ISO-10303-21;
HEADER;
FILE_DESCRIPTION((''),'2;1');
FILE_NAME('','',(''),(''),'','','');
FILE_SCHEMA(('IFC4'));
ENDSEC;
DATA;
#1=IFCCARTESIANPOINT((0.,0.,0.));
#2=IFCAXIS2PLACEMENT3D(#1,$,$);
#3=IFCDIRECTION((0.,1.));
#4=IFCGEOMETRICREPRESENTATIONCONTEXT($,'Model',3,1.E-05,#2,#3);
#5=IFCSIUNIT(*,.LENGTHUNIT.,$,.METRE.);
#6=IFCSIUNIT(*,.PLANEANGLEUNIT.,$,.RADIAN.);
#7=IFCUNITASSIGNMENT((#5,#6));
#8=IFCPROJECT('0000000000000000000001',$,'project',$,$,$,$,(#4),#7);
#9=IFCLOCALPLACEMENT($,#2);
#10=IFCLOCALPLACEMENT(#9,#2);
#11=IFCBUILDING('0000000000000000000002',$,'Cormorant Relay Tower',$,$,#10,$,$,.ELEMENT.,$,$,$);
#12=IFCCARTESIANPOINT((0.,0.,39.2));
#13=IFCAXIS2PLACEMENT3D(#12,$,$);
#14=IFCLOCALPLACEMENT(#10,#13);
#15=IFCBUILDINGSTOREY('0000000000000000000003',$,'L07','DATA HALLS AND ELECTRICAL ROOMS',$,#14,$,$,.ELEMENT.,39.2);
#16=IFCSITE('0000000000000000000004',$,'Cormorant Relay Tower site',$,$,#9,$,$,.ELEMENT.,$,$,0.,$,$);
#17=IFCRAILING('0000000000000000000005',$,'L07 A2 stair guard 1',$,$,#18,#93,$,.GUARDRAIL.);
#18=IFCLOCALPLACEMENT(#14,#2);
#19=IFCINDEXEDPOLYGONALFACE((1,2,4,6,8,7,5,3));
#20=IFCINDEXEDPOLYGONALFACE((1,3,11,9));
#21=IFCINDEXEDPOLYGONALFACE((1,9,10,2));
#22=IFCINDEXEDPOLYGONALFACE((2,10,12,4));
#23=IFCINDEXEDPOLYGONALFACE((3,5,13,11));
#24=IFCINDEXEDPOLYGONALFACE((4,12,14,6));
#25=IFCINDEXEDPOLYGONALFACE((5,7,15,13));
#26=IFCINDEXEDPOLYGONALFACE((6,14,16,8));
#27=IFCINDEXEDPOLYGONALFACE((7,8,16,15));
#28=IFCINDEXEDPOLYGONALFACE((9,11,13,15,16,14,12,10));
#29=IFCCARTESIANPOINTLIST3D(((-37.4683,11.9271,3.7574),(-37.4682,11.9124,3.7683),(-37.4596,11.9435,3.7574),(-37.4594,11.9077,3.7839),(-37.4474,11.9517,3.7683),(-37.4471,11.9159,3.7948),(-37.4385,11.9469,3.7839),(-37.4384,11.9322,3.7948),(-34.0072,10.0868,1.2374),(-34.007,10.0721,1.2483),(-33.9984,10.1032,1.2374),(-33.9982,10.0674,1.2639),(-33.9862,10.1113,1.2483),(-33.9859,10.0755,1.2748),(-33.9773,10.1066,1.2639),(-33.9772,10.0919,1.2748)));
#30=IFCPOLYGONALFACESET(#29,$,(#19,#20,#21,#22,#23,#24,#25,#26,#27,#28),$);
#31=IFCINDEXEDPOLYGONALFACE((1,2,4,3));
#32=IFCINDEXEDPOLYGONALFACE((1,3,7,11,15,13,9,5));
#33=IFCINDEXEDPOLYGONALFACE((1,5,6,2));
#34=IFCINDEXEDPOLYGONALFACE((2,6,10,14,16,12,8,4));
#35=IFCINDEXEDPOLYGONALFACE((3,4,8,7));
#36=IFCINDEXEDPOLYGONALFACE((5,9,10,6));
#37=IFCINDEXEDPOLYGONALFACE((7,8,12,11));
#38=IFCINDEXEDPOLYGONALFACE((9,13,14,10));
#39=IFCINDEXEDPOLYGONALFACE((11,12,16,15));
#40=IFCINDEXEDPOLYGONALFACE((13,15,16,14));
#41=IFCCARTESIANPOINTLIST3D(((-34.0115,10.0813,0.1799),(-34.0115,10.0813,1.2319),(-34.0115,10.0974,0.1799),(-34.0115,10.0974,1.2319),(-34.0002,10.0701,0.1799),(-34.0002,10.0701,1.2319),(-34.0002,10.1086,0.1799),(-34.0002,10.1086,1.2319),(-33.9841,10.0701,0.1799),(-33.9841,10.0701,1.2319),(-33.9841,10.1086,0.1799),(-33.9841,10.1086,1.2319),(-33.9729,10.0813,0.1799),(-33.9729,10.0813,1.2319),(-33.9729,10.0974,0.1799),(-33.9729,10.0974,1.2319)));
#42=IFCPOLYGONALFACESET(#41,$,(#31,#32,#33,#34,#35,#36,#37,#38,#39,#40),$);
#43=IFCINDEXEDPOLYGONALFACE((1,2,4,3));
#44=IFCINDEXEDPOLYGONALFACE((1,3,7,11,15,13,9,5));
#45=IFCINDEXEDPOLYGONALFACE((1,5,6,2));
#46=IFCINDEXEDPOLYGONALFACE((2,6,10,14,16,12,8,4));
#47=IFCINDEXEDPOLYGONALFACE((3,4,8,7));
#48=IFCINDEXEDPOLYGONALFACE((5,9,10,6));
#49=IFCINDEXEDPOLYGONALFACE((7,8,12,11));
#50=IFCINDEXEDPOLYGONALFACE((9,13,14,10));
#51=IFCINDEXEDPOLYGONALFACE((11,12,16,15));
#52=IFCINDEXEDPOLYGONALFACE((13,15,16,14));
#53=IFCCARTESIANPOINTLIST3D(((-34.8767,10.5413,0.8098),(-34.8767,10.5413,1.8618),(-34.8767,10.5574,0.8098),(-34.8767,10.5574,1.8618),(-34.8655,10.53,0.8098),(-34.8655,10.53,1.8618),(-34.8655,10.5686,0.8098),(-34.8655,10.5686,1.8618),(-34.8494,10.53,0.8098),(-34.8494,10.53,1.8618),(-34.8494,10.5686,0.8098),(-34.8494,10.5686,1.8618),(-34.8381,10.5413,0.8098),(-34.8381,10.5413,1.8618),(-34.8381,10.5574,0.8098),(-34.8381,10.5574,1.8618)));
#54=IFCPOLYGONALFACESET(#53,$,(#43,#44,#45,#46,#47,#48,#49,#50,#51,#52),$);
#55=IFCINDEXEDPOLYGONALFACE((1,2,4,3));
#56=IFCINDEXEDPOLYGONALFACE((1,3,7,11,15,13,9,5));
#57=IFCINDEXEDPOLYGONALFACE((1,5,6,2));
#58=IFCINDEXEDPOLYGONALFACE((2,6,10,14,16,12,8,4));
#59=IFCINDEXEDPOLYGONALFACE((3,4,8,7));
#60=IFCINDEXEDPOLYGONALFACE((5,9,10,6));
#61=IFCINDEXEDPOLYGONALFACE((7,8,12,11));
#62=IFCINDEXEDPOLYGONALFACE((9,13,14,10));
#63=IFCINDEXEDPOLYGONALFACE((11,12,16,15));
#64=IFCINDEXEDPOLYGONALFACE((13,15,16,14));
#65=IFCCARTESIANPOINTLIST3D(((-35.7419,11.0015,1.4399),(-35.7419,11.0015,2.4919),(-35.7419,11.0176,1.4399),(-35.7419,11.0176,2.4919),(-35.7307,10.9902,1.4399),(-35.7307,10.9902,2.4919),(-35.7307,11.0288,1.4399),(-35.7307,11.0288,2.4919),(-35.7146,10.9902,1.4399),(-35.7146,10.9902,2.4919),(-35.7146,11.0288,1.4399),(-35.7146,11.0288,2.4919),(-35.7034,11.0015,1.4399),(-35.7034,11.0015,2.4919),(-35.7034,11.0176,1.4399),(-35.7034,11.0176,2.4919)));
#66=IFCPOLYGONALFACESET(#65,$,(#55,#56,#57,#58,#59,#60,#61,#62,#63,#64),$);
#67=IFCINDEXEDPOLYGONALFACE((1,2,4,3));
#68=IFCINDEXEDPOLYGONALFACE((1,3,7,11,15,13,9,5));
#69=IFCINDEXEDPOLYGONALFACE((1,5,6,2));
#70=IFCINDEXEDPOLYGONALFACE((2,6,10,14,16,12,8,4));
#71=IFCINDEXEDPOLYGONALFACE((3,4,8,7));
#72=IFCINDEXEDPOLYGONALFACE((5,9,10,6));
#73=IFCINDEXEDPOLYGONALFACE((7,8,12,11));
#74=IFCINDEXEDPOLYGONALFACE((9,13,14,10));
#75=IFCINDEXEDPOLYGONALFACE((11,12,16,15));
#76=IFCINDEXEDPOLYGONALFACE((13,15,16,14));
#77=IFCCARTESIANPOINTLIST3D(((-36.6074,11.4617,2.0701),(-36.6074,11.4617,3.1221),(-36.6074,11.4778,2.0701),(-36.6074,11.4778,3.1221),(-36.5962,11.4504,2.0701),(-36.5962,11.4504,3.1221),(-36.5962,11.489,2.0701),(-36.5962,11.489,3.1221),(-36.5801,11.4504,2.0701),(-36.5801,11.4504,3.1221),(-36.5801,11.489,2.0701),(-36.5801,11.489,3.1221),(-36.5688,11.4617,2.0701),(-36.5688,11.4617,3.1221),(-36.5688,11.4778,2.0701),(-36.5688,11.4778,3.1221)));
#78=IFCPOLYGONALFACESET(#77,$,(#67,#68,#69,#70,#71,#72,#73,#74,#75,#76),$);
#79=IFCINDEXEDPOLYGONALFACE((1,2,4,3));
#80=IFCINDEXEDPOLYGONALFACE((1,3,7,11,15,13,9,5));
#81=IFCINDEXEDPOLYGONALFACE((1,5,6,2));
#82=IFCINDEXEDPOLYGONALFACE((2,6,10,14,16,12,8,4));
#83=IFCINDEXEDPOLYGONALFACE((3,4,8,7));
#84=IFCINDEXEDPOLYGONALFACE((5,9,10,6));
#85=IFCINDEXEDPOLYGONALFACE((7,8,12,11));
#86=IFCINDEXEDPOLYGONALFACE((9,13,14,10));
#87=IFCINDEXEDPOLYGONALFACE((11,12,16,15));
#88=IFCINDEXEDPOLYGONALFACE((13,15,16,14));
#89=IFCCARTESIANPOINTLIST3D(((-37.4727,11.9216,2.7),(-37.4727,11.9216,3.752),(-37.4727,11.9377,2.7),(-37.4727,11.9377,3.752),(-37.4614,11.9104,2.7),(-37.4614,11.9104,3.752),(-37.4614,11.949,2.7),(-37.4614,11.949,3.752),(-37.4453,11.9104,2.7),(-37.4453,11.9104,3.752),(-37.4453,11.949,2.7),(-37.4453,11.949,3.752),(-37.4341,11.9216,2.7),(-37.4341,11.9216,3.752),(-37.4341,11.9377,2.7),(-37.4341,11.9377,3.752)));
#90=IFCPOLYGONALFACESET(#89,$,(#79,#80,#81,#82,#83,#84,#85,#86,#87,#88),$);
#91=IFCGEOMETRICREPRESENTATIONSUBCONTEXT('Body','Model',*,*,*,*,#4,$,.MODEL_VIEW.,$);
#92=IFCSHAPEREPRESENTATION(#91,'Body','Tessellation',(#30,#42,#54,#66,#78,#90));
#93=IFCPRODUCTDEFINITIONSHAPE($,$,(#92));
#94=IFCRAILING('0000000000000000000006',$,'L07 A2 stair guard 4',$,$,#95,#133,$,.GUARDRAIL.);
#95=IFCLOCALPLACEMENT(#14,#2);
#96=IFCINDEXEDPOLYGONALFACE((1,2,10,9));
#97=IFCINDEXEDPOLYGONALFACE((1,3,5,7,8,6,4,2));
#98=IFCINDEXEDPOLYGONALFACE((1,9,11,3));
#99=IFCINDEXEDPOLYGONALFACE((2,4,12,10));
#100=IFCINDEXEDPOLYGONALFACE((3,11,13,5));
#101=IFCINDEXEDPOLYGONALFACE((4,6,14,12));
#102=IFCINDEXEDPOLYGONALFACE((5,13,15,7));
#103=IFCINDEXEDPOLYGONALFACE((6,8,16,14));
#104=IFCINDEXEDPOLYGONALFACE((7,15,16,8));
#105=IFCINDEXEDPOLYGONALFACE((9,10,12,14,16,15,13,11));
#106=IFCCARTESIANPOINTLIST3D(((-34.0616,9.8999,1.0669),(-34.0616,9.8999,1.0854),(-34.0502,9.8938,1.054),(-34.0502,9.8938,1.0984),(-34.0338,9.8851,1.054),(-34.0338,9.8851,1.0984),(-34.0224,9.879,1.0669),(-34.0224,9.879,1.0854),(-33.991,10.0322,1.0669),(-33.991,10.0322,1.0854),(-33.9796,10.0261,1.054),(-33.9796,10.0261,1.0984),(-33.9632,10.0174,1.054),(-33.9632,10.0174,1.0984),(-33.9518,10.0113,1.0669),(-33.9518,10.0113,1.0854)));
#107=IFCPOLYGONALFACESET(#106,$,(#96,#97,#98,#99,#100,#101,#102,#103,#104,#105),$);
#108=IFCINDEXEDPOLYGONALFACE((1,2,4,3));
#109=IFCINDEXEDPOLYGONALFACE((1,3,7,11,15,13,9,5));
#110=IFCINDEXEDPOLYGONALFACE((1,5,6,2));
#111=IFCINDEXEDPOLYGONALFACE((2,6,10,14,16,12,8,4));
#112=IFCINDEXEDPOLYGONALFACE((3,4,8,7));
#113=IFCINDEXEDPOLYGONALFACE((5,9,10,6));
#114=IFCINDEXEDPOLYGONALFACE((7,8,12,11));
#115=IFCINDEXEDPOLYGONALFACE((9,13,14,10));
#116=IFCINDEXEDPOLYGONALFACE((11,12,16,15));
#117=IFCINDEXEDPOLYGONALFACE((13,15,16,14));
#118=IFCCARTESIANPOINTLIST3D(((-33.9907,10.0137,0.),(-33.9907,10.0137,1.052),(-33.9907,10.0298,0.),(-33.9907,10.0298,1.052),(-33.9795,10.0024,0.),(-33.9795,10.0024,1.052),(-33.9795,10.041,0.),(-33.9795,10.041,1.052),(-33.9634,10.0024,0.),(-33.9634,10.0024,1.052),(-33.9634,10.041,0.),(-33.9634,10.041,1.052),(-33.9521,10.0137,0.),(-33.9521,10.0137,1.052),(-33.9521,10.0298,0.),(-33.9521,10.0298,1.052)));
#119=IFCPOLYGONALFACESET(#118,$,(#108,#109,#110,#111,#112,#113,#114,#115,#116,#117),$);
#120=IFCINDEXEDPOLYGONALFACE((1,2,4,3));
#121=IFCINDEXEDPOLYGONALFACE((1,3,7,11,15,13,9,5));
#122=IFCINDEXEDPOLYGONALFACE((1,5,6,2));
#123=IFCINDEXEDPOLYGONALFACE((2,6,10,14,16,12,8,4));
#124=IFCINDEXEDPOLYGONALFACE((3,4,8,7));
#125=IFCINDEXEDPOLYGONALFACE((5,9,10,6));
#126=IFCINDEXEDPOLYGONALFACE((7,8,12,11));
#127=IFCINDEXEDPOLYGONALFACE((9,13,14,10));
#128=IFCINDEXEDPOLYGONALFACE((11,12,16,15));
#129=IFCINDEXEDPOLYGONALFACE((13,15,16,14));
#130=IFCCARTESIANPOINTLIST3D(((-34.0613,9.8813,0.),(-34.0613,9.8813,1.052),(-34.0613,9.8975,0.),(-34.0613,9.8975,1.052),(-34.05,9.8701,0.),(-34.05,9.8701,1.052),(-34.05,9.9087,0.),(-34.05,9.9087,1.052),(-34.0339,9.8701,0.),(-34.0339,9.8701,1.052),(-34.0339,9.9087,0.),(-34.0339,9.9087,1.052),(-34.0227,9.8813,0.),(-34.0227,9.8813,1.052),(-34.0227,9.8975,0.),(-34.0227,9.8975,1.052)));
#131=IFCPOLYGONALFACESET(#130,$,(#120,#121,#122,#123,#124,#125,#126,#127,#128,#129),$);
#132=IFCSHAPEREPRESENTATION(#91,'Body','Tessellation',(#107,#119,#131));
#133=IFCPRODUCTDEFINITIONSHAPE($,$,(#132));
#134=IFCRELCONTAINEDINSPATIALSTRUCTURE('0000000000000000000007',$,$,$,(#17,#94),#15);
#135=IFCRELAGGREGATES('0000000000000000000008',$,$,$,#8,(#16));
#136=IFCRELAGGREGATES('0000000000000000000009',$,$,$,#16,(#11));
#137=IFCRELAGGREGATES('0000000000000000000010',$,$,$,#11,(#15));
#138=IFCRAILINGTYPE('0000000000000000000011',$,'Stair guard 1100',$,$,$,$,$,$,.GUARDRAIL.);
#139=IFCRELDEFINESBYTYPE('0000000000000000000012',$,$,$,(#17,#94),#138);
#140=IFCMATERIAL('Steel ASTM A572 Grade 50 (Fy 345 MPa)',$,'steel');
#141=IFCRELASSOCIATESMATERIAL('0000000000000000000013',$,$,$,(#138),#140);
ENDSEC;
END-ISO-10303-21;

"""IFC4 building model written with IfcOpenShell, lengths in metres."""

from ifc_helpers import new_model, si_unit, direction, frame, origin, place, context, subcontext, project, spatial, polyline, outline, extrude, material, type_object, element, save


model = new_model("IFC4")

# Units and contexts
model_context = context("Model", 3, precision=1e-05, world=origin(), true_north=direction((0.0, 1.0)))
body_context = subcontext(model_context, "Body", "Model", "MODEL_VIEW")
ifc_project = project(units=[si_unit("LENGTHUNIT", "METRE"), si_unit("PLANEANGLEUNIT", "RADIAN")], contexts=[model_context])

# Site, building, storey
site_placement = place(None, origin())
site = spatial("IfcSite", under=ifc_project, at=site_placement, Name="Cormorant Relay Tower site", CompositionType="ELEMENT", RefElevation=0.0)
building_placement = place(site_placement, origin())
building = spatial("IfcBuilding", under=site, at=building_placement, Name="Cormorant Relay Tower", CompositionType="ELEMENT")
storey_placement = place(building_placement, frame((0.0, 0.0, 39.2)))
storey = spatial("IfcBuildingStorey", under=building, at=storey_placement, Name="L07", Description="DATA HALLS AND ELECTRICAL ROOMS", CompositionType="ELEMENT", Elevation=39.2)

# Railings
ifc_material_1 = material(Name="Steel ASTM A572 Grade 50 (Fy 345 MPa)", Category="steel")
railing_type_1 = type_object("IfcRailingType", Name="Stair guard 1100", PredefinedType="GUARDRAIL", material=ifc_material_1)
railing_1_placement = place(storey_placement, frame((-33.9922, 10.0894, 0.1799)))
element("IfcRailing", 1, at=railing_1_placement, inside=storey, type_object=railing_type_1, Name="L07 A2 stair guard 1", PredefinedType="GUARDRAIL", context=body_context, shape_type="SweptSolid", body=[
    extrude(outline(polyline([(0.0222, 0.0093), (0.0093, 0.0222), (-0.0093, 0.0222), (-0.0222, 0.0093), (-0.0222, -0.0093), (-0.0093, -0.0222), (0.0093, -0.0222), (0.0222, -0.0093), (0.0222, 0.0093)])), frame((0.0, 0.0, 1.0762), z_axis=(-0.742717, 0.394907, 0.540758), x_axis=(-0.469469, -0.882949, 0.0)), (0.0, 0.0, 1.0), 4.6602),
    extrude(outline(polyline([(0.0193, 0.0081), (0.0081, 0.0193), (-0.0081, 0.0193), (-0.0193, 0.0081), (-0.0193, -0.0081), (-0.0081, -0.0193), (0.0081, -0.0193), (0.0193, -0.0081), (0.0193, 0.0081)])), origin(), (0.0, 0.0, 1.0), 1.052),
    extrude(outline(polyline([(0.0193, 0.0081), (0.0081, 0.0193), (-0.0081, 0.0193), (-0.0193, 0.0081), (-0.0193, -0.0081), (-0.0081, -0.0193), (0.0081, -0.0193), (0.0193, -0.0081), (0.0193, 0.0081)])), frame((-0.8652, 0.46, 0.6299)), (0.0, 0.0, 1.0), 1.052),
    extrude(outline(polyline([(0.0193, 0.0081), (0.0081, 0.0193), (-0.0081, 0.0193), (-0.0193, 0.0081), (-0.0193, -0.0081), (-0.0081, -0.0193), (0.0081, -0.0193), (0.0193, -0.0081), (0.0193, 0.0081)])), frame((-1.7305, 0.9202, 1.26)), (0.0, 0.0, 1.0), 1.052),
    extrude(outline(polyline([(0.0193, 0.0081), (0.0081, 0.0193), (-0.0081, 0.0193), (-0.0193, 0.0081), (-0.0193, -0.0081), (-0.0081, -0.0193), (0.0081, -0.0193), (0.0193, -0.0081), (0.0193, 0.0081)])), frame((-2.5959, 1.3804, 1.8901)), (0.0, 0.0, 1.0), 1.052),
    extrude(outline(polyline([(0.0193, 0.0081), (0.0081, 0.0193), (-0.0081, 0.0193), (-0.0193, 0.0081), (-0.0193, -0.0081), (-0.0081, -0.0193), (0.0081, -0.0193), (0.0193, -0.0081), (0.0193, 0.0081)])), frame((-3.4612, 1.8403, 2.52)), (0.0, 0.0, 1.0), 1.052),
])
railing_2_placement = place(storey_placement, frame((-33.9714, 10.0217, 0.0)))
element("IfcRailing", 2, at=railing_2_placement, inside=storey, type_object=railing_type_1, Name="L07 A2 stair guard 4", PredefinedType="GUARDRAIL", context=body_context, shape_type="SweptSolid", body=[
    extrude(outline(polyline([(0.0222, 0.0093), (0.0093, 0.0222), (-0.0093, 0.0222), (-0.0222, 0.0093), (-0.0222, -0.0093), (-0.0093, -0.0222), (0.0093, -0.0222), (0.0222, -0.0093), (0.0222, 0.0093)])), frame((0.0, 0.0, 1.0762), z_axis=(-0.470504, -0.882398, 0.0), x_axis=(0.882398, -0.470504, 0.0)), (0.0, 0.0, 1.0), 0.1499),
    extrude(outline(polyline([(0.0193, 0.0081), (0.0081, 0.0193), (-0.0081, 0.0193), (-0.0193, 0.0081), (-0.0193, -0.0081), (-0.0081, -0.0193), (0.0081, -0.0193), (0.0193, -0.0081), (0.0193, 0.0081)])), origin(), (0.0, 0.0, 1.0), 1.052),
    extrude(outline(polyline([(0.0193, 0.0081), (0.0081, 0.0193), (-0.0081, 0.0193), (-0.0193, 0.0081), (-0.0193, -0.0081), (-0.0081, -0.0193), (0.0081, -0.0193), (0.0193, -0.0081), (0.0193, 0.0081)])), frame((-0.0706, -0.1323, 0.0)), (0.0, 0.0, 1.0), 1.052),
])

save(model, "model.ifc")
